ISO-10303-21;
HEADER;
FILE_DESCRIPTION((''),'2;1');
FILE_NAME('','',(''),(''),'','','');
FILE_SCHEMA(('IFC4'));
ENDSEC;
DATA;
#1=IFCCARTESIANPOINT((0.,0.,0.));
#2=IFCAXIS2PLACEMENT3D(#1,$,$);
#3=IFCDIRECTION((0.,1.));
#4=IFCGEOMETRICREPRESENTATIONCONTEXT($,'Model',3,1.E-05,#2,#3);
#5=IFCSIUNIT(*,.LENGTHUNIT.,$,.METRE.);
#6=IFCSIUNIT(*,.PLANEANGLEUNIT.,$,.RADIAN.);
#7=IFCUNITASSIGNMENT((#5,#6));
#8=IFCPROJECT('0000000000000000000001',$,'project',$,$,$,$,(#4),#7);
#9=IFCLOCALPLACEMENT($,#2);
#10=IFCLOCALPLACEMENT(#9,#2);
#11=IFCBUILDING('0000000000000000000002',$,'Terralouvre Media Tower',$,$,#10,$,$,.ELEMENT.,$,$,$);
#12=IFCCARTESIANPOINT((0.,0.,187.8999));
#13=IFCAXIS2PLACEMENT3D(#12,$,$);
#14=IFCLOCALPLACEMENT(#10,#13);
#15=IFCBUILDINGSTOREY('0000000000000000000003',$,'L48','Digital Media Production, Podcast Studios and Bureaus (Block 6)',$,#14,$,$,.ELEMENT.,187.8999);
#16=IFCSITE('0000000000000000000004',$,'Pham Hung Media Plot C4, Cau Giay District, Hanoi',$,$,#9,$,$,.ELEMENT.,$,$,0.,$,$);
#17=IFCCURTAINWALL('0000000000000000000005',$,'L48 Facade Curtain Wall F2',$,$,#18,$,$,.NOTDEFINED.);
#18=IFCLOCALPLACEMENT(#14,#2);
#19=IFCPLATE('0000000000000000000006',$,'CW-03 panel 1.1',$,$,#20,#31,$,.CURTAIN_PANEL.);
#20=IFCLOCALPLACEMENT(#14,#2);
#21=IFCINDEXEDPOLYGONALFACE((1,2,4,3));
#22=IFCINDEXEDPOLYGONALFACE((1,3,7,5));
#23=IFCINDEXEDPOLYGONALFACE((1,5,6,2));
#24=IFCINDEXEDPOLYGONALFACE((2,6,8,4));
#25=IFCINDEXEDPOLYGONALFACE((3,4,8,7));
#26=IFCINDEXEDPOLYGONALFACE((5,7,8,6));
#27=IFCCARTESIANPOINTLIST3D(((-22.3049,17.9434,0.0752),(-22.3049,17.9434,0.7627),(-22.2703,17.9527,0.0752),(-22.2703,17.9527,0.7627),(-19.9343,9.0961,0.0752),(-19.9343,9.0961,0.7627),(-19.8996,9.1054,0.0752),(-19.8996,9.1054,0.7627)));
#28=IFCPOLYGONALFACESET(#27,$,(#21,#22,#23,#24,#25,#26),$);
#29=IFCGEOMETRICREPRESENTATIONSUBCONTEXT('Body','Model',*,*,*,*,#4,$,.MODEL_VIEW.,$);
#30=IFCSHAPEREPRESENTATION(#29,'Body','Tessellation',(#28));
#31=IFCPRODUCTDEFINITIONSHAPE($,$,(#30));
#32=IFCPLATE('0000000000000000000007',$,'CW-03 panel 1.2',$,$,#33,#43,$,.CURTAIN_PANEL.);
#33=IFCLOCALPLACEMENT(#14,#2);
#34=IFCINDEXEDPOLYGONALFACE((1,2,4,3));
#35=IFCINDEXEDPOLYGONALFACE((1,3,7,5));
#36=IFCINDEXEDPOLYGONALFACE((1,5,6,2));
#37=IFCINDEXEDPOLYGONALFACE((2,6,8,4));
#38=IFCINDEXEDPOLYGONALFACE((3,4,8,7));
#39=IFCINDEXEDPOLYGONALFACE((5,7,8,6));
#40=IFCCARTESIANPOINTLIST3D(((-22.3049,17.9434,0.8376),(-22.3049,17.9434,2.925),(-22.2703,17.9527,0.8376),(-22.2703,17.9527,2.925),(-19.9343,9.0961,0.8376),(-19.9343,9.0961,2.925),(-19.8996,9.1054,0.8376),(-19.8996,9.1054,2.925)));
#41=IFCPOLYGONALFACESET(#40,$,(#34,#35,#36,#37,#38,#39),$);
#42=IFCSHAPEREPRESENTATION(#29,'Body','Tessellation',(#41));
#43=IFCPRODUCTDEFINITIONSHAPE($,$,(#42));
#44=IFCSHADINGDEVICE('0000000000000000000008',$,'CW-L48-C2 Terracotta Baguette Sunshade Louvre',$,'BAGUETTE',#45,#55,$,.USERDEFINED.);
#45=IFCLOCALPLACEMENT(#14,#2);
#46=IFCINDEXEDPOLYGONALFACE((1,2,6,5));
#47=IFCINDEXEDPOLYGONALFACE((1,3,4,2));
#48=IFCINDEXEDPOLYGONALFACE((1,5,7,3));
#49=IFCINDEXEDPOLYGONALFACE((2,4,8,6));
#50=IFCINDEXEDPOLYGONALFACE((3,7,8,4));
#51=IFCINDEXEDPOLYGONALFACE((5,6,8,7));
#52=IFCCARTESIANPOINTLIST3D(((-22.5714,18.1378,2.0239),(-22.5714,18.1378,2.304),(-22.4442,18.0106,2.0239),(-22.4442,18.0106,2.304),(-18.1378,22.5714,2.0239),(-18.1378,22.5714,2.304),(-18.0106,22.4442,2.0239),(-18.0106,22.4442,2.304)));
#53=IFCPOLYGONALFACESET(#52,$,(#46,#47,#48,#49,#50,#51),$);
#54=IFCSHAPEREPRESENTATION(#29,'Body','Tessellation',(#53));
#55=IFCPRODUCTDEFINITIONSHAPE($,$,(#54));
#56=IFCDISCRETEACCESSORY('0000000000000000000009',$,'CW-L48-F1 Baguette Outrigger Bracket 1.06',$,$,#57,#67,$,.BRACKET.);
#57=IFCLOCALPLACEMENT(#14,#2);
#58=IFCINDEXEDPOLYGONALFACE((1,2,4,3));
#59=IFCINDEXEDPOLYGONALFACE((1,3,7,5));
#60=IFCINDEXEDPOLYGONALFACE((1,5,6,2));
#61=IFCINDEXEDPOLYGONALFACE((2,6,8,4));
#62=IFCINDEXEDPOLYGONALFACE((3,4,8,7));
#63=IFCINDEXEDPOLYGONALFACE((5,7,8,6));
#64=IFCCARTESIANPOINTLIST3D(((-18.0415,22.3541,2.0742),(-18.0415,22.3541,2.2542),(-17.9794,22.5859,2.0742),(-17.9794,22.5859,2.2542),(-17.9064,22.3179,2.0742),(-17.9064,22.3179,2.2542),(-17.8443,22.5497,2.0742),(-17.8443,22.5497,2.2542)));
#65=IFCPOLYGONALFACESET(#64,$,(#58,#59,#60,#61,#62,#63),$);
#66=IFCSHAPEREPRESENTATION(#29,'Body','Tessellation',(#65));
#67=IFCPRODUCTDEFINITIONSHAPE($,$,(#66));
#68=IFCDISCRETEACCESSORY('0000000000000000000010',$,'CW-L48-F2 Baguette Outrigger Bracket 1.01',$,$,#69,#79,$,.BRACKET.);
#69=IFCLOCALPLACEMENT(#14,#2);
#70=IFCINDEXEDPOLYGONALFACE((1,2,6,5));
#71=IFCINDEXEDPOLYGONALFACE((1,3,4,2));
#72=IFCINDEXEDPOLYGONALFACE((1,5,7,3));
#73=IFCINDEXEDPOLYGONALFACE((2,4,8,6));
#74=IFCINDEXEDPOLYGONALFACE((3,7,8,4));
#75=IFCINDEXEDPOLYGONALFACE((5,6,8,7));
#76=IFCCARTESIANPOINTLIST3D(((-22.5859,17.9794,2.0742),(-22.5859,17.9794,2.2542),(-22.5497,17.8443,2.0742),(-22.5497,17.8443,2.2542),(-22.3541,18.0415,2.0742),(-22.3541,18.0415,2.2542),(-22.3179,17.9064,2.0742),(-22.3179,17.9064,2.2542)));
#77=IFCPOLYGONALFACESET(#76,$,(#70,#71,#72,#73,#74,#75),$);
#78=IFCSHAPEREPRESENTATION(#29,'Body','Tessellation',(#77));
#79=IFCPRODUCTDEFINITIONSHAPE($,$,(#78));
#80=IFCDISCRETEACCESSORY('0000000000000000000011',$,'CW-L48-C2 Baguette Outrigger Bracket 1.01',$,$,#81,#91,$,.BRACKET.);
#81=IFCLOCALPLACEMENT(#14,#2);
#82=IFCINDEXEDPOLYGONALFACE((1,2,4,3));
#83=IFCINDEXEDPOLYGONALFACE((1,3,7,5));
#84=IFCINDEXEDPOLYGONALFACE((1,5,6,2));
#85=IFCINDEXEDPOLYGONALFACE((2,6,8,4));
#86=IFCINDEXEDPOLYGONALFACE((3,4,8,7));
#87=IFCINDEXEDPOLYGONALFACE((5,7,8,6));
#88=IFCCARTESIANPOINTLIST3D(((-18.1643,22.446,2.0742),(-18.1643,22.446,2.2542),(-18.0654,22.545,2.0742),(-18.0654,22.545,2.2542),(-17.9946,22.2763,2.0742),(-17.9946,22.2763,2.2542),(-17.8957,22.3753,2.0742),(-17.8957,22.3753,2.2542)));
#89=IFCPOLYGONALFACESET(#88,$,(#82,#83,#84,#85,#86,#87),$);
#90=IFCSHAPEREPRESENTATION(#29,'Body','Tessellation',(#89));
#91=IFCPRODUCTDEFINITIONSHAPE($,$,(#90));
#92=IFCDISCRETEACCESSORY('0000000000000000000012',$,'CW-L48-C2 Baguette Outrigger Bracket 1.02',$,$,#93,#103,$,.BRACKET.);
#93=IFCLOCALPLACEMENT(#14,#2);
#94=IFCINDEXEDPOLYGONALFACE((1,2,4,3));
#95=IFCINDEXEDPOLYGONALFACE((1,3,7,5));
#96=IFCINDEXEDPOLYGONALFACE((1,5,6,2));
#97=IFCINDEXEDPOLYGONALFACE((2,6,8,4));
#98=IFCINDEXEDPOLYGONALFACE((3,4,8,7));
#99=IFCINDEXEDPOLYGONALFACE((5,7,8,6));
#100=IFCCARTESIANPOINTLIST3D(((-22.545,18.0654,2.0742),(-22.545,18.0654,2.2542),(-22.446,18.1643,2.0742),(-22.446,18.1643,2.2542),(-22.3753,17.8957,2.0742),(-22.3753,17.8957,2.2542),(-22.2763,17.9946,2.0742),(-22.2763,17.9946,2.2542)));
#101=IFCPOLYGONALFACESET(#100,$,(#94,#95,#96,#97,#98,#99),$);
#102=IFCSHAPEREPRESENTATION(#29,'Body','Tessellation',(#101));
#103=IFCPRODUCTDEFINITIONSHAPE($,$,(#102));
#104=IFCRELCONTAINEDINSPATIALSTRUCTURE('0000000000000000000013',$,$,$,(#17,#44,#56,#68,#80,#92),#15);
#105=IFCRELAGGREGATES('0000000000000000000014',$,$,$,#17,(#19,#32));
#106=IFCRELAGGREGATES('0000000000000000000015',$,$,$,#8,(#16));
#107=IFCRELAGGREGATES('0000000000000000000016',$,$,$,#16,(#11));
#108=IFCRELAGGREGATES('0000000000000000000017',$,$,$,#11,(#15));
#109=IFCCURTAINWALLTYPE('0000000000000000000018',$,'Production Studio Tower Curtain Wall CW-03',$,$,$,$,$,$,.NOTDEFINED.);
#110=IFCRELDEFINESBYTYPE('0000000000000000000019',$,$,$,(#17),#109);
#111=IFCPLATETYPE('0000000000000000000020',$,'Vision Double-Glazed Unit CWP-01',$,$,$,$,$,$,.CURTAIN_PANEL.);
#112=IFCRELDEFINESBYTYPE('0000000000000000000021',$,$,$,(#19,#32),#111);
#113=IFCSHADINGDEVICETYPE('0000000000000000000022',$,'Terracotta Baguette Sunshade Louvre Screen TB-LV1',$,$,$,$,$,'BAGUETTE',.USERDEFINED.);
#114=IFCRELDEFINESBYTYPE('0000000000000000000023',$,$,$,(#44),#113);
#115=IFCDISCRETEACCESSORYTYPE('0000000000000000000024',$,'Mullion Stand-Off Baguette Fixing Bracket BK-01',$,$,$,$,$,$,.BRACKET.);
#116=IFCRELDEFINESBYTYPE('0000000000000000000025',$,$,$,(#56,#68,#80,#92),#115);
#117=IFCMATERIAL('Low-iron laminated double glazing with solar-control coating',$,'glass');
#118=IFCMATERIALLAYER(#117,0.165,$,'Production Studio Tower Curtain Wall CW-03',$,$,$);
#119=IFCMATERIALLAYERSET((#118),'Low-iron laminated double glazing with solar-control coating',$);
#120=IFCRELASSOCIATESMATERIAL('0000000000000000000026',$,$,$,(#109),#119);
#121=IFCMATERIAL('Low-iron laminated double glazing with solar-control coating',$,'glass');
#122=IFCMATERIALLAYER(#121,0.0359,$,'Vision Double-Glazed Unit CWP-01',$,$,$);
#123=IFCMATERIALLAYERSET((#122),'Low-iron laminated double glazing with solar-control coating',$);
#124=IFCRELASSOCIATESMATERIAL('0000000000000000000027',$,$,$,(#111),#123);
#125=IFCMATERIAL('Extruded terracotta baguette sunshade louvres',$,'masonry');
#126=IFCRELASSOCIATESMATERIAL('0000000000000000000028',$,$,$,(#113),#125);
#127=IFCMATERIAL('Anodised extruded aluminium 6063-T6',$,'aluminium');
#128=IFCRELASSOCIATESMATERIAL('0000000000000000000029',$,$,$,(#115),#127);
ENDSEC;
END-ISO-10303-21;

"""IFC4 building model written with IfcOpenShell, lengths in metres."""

from ifc_helpers import new_model, si_unit, direction, frame, origin, origin_2d, place, context, subcontext, project, spatial, rectangle, extrude, material, layer, layer_set, type_object, element, aggregate, save


model = new_model("IFC4")

# Units and contexts
model_context = context("Model", 3, precision=1e-05, world=origin(), true_north=direction((0.0, 1.0)))
body_context = subcontext(model_context, "Body", "Model", "MODEL_VIEW")
ifc_project = project(units=[si_unit("LENGTHUNIT", "METRE"), si_unit("PLANEANGLEUNIT", "RADIAN")], contexts=[model_context])

# Site, building, storey
site_placement = place(None, origin())
site = spatial("IfcSite", under=ifc_project, at=site_placement, Name="Pham Hung Media Plot C4, Cau Giay District, Hanoi", CompositionType="ELEMENT", RefElevation=0.0)
building_placement = place(site_placement, origin())
building = spatial("IfcBuilding", under=site, at=building_placement, Name="Terralouvre Media Tower", CompositionType="ELEMENT")
storey_placement = place(building_placement, frame((0.0, 0.0, 187.8999)))
storey = spatial("IfcBuildingStorey", under=building, at=storey_placement, Name="L48", Description="Digital Media Production, Podcast Studios and Bureaus (Block 6)", CompositionType="ELEMENT", Elevation=187.8999)

# Curtain wall
ifc_material_1 = material(Name="Low-iron laminated double glazing with solar-control coating", Category="glass")
ifc_layer_1 = layer(ifc_material_1, 0.165, Name="Production Studio Tower Curtain Wall CW-03")
ifc_layer_set_1 = layer_set([ifc_layer_1], Name="Low-iron laminated double glazing with solar-control coating")
curtain_wall_type_1 = type_object("IfcCurtainWallType", Name="Production Studio Tower Curtain Wall CW-03", PredefinedType="NOTDEFINED", material=ifc_layer_set_1)
curtain_wall_1_placement = place(storey_placement, origin())
curtain_wall_1 = element("IfcCurtainWall", 1, at=curtain_wall_1_placement, inside=storey, type_object=curtain_wall_type_1, Name="L48 Facade Curtain Wall F2", PredefinedType="NOTDEFINED")

# Plates
ifc_material_2 = material(Name="Low-iron laminated double glazing with solar-control coating", Category="glass")
ifc_layer_2 = layer(ifc_material_2, 0.0359, Name="Vision Double-Glazed Unit CWP-01")
ifc_layer_set_2 = layer_set([ifc_layer_2], Name="Low-iron laminated double glazing with solar-control coating")
plate_type_1 = type_object("IfcPlateType", Name="Vision Double-Glazed Unit CWP-01", PredefinedType="CURTAIN_PANEL", material=ifc_layer_set_2)
plate_1_placement = place(storey_placement, frame((-21.1023, 13.5244, 0.0752), z_axis=(0.0, 0.0, 1.0), x_axis=(0.258819, -0.965926, 0.0)))
plate_1 = element("IfcPlate", 2, at=plate_1_placement, type_object=plate_type_1, Name="CW-03 panel 1.1", PredefinedType="CURTAIN_PANEL", context=body_context, shape_type="SweptSolid", body=[
    extrude(rectangle(XDim=9.1594, YDim=0.0359, at=origin_2d()), origin(), (0.0, 0.0, 1.0), 0.6875),
])
plate_2_placement = place(storey_placement, frame((-21.1023, 13.5244, 0.8376), z_axis=(0.0, 0.0, 1.0), x_axis=(0.258819, -0.965926, 0.0)))
plate_2 = element("IfcPlate", 3, at=plate_2_placement, type_object=plate_type_1, Name="CW-03 panel 1.2", PredefinedType="CURTAIN_PANEL", context=body_context, shape_type="SweptSolid", body=[
    extrude(rectangle(XDim=9.1594, YDim=0.0359, at=origin_2d()), origin(), (0.0, 0.0, 1.0), 2.0874),
])
aggregate(curtain_wall_1, [plate_1, plate_2])

# Shading device
ifc_material_3 = material(Name="Extruded terracotta baguette sunshade louvres", Category="masonry")
shading_device_type = type_object("IfcShadingDeviceType", Name="Terracotta Baguette Sunshade Louvre Screen TB-LV1", ElementType="BAGUETTE", PredefinedType="USERDEFINED", material=ifc_material_3)
shading_device_placement = place(storey_placement, frame((-20.291, 20.291, 2.0239), z_axis=(0.0, 0.0, 1.0), x_axis=(-0.707107, -0.707107, 0.0)))
element("IfcShadingDevice", 4, at=shading_device_placement, inside=storey, type_object=shading_device_type, Name="CW-L48-C2 Terracotta Baguette Sunshade Louvre", ObjectType="BAGUETTE", PredefinedType="USERDEFINED", context=body_context, shape_type="SweptSolid", body=[
    extrude(rectangle(XDim=6.27, YDim=0.1799, at=origin_2d()), origin(), (0.0, 0.0, 1.0), 0.28),
])

# Discrete accessories
ifc_material_4 = material(Name="Anodised extruded aluminium 6063-T6", Category="aluminium")
discrete_accessory_type = type_object("IfcDiscreteAccessoryType", Name="Mullion Stand-Off Baguette Fixing Bracket BK-01", PredefinedType="BRACKET", material=ifc_material_4)
for number, where, z_axis, x_axis, name in (
    (5, (-17.9429, 22.4519, 2.0742), (0.0, 0.0, 1.0), (-0.965926, 0.258819, 0.0), "CW-L48-F1 Baguette Outrigger Bracket 1.06"),
    (6, (-22.4519, 17.9429, 2.0742), (0.0, 0.0, 1.0), (0.258819, -0.965926, 0.0), "CW-L48-F2 Baguette Outrigger Bracket 1.01"),
    (7, (-18.03, 22.4106, 2.0742), (0.0, 0.0, 1.0), (-0.707107, -0.707107, 0.0), "CW-L48-C2 Baguette Outrigger Bracket 1.01"),
    (8, (-22.4106, 18.03, 2.0742), (0.0, 0.0, 1.0), (-0.707107, -0.707107, 0.0), "CW-L48-C2 Baguette Outrigger Bracket 1.02"),
):
    element("IfcDiscreteAccessory", number, at=place(storey_placement, frame(where, z_axis=z_axis, x_axis=x_axis)), inside=storey, type_object=discrete_accessory_type, Name=name, PredefinedType="BRACKET", context=body_context, shape_type="SweptSolid", body=[
        extrude(rectangle(XDim=0.1399, YDim=0.24, at=origin_2d()), origin(), (0.0, 0.0, 1.0), 0.1799),
    ])

save(model, "model.ifc")
